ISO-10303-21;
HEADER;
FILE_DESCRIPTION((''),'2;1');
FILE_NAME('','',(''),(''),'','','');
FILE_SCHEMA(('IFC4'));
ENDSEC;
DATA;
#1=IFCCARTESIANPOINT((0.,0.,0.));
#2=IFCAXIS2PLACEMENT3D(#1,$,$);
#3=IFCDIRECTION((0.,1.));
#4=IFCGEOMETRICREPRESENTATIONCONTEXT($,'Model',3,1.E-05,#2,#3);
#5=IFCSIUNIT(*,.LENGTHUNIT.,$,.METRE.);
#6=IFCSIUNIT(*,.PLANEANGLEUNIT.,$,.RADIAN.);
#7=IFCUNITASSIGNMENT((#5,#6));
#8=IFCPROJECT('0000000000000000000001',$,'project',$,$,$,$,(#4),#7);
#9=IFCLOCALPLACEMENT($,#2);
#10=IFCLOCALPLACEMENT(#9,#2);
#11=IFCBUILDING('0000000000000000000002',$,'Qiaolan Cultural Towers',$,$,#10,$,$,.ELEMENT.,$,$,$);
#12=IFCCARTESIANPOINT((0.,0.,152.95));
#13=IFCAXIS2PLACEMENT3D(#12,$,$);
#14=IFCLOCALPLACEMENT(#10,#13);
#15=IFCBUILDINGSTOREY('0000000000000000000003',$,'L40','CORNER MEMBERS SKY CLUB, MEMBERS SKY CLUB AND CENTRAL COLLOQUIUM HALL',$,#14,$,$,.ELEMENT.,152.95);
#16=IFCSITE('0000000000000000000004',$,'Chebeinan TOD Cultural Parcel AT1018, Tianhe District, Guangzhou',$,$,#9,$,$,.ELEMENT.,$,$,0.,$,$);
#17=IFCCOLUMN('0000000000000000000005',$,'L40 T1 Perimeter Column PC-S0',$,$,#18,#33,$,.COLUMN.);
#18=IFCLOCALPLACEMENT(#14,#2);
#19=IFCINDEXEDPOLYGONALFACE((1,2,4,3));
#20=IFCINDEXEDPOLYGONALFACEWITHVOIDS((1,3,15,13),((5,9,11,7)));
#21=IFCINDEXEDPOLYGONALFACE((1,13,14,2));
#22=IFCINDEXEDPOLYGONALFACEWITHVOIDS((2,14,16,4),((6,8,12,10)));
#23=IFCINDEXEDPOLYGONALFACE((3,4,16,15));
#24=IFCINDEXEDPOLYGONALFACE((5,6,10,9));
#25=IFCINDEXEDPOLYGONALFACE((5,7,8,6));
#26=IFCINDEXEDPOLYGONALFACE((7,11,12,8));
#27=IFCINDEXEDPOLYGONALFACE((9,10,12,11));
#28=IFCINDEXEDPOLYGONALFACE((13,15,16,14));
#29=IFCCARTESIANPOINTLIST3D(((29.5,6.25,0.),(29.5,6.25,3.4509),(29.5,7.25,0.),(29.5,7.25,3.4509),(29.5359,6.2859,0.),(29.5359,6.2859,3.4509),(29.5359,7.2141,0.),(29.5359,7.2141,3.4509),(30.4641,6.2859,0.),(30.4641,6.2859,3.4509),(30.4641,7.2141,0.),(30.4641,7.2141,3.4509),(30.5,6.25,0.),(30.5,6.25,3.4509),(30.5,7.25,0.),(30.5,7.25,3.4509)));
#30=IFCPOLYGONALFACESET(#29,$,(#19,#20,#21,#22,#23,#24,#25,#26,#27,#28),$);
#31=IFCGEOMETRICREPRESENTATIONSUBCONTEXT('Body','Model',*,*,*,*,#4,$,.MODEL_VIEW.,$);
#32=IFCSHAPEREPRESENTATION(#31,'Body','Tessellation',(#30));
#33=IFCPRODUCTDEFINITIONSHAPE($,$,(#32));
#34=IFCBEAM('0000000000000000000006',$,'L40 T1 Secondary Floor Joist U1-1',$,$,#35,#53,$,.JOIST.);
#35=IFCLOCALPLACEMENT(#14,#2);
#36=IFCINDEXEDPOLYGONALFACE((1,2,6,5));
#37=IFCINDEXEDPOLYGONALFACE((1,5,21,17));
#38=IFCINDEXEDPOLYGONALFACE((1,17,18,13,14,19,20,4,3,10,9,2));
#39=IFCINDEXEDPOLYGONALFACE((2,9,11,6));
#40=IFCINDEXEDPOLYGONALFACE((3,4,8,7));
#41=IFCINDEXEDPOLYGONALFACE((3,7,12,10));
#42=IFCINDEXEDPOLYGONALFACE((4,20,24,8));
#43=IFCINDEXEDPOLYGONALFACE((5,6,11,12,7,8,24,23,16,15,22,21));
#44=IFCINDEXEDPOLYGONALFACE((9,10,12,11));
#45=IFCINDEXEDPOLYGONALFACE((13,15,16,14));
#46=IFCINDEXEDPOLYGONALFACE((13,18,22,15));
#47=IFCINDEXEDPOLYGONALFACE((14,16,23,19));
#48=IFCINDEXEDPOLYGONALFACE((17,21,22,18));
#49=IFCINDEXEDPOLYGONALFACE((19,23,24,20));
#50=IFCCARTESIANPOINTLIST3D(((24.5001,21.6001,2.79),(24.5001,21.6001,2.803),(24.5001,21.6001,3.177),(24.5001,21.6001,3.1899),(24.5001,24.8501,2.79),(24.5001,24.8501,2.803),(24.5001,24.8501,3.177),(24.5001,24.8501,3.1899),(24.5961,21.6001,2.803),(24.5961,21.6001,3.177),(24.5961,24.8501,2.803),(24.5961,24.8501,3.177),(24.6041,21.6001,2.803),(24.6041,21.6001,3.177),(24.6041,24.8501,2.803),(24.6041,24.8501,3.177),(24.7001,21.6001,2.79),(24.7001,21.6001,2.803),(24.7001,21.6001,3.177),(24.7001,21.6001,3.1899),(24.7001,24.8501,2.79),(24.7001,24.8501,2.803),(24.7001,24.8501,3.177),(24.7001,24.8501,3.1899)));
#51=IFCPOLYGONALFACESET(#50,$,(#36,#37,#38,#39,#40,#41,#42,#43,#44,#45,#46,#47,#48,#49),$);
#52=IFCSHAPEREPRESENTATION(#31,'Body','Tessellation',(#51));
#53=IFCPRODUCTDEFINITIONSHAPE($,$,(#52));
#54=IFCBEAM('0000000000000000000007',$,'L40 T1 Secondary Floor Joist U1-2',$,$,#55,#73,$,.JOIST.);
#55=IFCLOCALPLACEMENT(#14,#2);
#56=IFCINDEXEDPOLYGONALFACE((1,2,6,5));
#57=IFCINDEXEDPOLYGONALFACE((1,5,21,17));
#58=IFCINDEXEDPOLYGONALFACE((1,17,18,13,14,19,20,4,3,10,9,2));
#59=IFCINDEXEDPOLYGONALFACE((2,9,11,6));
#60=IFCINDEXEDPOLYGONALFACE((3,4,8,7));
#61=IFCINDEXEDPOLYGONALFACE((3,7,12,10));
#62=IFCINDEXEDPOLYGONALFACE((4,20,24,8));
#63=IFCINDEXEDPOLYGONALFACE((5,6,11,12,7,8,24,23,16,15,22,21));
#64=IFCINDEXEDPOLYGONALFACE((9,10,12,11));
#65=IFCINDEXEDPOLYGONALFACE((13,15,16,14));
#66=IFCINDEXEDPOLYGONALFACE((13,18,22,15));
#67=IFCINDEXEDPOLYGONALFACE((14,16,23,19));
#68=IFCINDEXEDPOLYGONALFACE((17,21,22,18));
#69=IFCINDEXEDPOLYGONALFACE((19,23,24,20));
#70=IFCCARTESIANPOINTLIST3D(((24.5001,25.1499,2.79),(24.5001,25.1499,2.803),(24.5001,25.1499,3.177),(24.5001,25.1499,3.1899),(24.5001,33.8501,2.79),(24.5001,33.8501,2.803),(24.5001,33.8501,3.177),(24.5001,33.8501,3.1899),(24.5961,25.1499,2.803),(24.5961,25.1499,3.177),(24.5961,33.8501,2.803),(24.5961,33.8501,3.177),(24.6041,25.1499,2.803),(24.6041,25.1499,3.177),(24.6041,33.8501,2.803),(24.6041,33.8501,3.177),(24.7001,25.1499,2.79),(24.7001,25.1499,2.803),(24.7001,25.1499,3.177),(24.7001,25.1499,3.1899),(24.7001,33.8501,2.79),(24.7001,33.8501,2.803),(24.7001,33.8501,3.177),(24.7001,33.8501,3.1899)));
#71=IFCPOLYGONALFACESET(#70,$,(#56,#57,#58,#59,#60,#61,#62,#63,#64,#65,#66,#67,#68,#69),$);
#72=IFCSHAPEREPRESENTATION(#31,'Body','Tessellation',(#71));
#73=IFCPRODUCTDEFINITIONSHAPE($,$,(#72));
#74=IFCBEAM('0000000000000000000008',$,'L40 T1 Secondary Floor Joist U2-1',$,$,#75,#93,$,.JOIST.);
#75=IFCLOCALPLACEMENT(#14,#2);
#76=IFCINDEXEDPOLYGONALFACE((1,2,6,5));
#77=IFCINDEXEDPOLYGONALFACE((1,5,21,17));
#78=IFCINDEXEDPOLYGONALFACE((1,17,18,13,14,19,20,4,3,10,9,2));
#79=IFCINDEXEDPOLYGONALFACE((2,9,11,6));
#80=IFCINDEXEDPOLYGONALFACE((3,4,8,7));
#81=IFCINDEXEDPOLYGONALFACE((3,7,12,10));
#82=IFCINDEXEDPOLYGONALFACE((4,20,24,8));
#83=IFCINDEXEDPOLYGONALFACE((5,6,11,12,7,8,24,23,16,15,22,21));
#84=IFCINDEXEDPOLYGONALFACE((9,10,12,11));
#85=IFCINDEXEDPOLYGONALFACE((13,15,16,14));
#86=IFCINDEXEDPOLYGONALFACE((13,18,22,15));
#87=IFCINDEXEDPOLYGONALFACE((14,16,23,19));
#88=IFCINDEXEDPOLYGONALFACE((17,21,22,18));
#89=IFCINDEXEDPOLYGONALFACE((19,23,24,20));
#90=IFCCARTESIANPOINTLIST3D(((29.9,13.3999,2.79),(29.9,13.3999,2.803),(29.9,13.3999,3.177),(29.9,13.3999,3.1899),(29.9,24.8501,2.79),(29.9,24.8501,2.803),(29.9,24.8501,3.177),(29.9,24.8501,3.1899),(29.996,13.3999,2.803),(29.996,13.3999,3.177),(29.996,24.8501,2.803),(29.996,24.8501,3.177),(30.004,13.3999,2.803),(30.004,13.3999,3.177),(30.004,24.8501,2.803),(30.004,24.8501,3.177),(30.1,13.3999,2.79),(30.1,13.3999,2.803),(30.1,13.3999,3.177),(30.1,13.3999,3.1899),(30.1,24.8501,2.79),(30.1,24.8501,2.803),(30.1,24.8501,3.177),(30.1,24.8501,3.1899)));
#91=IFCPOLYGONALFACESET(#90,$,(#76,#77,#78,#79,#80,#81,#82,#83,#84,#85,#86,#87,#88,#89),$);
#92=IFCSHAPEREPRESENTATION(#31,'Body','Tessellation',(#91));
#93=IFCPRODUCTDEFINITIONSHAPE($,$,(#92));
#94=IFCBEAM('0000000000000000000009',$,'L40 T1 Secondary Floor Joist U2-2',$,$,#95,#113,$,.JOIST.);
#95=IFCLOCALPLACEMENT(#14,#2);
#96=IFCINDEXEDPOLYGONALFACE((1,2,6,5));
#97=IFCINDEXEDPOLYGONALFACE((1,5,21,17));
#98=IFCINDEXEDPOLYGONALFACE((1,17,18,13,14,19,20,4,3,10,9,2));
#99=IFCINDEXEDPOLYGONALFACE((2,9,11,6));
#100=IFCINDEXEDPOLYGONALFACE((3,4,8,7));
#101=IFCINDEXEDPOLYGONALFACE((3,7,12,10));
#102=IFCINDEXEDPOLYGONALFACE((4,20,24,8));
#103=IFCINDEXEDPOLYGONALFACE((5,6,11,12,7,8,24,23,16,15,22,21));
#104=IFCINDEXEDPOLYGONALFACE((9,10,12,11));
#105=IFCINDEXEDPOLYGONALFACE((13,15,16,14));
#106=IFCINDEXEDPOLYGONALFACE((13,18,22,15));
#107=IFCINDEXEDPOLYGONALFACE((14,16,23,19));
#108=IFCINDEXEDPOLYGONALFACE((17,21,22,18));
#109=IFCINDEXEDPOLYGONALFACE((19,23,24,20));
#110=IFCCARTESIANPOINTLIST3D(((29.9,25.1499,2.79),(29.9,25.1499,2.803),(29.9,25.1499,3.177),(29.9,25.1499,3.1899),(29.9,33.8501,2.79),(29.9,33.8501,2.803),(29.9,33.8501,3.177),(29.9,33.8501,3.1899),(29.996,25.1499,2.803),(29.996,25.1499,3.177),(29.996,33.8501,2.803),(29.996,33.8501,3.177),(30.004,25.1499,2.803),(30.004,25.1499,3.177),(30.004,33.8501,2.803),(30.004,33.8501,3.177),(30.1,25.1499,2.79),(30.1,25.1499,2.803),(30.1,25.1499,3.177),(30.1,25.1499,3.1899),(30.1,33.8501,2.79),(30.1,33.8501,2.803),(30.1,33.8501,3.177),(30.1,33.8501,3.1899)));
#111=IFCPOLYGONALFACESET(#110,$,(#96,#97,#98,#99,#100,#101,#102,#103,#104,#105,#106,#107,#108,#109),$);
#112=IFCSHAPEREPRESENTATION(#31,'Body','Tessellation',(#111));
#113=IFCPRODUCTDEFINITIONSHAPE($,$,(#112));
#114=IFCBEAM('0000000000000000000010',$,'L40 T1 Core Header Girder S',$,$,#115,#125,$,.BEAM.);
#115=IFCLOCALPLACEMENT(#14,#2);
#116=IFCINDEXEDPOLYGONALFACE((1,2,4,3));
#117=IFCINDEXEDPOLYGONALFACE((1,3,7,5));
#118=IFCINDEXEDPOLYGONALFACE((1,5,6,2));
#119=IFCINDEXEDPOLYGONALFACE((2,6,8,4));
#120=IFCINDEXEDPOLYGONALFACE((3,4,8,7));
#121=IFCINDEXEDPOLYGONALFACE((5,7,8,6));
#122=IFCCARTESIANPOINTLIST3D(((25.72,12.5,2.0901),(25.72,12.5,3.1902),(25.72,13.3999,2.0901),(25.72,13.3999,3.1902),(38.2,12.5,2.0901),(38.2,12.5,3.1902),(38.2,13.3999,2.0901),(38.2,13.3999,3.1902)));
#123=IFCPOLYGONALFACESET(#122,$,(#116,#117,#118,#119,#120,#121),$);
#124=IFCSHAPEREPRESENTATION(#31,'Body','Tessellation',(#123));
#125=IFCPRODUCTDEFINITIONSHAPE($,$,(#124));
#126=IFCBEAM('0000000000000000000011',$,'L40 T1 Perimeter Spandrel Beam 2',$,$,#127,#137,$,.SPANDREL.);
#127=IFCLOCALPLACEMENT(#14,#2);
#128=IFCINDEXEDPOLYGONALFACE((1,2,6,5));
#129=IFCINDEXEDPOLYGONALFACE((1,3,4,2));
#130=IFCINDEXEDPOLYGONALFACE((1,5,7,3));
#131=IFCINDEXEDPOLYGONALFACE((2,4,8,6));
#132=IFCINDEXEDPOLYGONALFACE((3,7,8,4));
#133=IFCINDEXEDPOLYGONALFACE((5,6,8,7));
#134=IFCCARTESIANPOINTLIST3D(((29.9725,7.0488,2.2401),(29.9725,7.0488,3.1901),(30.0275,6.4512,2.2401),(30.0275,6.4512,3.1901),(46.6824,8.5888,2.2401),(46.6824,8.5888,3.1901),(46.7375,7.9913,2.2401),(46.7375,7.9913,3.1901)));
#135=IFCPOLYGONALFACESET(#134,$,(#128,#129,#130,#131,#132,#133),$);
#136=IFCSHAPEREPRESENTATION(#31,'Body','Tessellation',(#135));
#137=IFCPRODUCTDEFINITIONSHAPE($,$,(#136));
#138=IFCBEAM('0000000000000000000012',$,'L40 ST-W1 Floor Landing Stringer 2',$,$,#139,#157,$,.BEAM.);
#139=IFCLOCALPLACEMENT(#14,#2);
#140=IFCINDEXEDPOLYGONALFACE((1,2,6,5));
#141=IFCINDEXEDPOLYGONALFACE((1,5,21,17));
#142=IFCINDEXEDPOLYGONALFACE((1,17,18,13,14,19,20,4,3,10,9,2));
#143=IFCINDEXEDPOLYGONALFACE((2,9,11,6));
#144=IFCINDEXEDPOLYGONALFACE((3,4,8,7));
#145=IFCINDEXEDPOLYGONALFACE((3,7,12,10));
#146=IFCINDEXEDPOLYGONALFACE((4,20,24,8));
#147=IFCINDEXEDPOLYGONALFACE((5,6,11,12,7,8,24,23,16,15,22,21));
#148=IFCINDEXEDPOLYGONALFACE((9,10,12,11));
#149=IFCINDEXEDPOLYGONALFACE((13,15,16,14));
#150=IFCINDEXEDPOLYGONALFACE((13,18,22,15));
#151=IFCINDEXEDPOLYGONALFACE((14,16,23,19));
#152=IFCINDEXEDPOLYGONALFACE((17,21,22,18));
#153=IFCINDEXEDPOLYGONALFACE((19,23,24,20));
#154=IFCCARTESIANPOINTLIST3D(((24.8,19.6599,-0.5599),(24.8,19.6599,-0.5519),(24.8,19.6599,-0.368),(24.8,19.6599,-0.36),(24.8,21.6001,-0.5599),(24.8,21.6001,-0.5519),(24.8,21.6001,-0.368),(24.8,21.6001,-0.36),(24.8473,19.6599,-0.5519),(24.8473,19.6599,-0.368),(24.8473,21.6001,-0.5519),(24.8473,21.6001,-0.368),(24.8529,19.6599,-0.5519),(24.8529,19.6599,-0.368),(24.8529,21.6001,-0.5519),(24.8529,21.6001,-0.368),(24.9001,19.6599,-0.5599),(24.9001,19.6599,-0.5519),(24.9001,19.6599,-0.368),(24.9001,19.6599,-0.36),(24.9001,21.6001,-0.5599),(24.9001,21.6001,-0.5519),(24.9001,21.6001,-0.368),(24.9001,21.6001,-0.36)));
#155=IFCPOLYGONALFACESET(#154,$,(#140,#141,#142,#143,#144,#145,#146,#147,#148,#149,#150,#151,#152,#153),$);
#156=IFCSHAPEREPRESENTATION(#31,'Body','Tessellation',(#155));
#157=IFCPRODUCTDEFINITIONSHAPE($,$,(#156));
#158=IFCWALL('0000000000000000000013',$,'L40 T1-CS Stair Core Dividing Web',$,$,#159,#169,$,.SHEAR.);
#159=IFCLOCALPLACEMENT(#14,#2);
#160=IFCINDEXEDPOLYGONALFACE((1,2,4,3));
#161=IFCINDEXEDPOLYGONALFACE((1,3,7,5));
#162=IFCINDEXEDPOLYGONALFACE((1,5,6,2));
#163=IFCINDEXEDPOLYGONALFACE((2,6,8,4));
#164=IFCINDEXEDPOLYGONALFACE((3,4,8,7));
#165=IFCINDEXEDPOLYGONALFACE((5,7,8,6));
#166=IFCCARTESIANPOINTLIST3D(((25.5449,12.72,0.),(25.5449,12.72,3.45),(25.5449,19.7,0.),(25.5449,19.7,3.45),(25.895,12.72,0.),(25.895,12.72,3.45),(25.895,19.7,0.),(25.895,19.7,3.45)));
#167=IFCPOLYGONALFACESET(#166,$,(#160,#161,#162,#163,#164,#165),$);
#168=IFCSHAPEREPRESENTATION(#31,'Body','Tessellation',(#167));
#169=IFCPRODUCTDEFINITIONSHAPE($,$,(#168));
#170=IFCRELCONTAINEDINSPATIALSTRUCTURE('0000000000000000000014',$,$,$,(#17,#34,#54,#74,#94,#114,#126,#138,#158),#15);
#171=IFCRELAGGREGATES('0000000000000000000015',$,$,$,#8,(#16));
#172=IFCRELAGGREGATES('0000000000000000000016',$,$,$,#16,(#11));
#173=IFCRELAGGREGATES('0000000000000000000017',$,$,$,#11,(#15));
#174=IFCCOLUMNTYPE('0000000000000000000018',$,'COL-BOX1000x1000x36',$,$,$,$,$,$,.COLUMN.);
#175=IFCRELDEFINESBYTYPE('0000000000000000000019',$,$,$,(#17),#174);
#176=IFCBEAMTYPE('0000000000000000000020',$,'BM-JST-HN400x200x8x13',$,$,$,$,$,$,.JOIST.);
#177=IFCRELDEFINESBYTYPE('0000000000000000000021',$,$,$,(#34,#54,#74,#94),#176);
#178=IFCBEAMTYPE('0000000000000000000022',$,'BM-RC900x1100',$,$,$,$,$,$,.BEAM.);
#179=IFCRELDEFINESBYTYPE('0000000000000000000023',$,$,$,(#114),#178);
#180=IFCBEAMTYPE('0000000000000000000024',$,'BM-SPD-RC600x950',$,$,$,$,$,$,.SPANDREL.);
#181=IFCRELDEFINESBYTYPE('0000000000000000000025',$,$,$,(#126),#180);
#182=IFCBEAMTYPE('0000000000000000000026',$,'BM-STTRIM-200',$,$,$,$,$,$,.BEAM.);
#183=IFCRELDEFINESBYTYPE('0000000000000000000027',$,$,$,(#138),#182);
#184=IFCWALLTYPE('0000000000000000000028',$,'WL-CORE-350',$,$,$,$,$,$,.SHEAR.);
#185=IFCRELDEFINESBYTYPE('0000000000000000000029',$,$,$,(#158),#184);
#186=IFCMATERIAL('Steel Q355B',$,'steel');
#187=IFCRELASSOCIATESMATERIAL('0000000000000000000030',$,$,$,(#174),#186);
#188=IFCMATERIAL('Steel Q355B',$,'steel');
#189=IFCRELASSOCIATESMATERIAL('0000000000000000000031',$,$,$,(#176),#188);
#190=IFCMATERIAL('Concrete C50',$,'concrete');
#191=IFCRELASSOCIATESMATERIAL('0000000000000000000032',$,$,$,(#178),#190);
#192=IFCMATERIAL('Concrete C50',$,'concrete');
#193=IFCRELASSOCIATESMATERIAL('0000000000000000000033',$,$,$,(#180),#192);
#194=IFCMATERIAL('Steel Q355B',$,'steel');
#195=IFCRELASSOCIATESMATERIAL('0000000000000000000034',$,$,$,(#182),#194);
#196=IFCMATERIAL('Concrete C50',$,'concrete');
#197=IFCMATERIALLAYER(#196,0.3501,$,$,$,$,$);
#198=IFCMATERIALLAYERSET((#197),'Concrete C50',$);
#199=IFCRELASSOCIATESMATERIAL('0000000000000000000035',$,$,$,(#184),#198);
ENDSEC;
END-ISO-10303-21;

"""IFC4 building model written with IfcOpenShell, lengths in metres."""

from ifc_helpers import new_model, si_unit, direction, frame, frame_2d, origin, origin_2d, place, context, subcontext, project, spatial, rectangle, hollow_rectangle, i_section, extrude, material, layer, layer_set, material_profile, profile_set, type_object, element, save


model = new_model("IFC4")

# Units and contexts
model_context = context("Model", 3, precision=1e-05, world=origin(), true_north=direction((0.0, 1.0)))
body_context = subcontext(model_context, "Body", "Model", "MODEL_VIEW")
ifc_project = project(units=[si_unit("LENGTHUNIT", "METRE"), si_unit("PLANEANGLEUNIT", "RADIAN")], contexts=[model_context])

# Site, building, storey
site_placement = place(None, origin())
site = spatial("IfcSite", under=ifc_project, at=site_placement, Name="Chebeinan TOD Cultural Parcel AT1018, Tianhe District, Guangzhou", CompositionType="ELEMENT", RefElevation=0.0)
building_placement = place(site_placement, origin())
building = spatial("IfcBuilding", under=site, at=building_placement, Name="Qiaolan Cultural Towers", CompositionType="ELEMENT")
storey_placement = place(building_placement, frame((0.0, 0.0, 152.95)))
storey = spatial("IfcBuildingStorey", under=building, at=storey_placement, Name="L40", Description="CORNER MEMBERS SKY CLUB, MEMBERS SKY CLUB AND CENTRAL COLLOQUIUM HALL", CompositionType="ELEMENT", Elevation=152.95)

# Column
ifc_material_1 = material(Name="Steel Q355B", Category="steel")
ifc_material_profile_1 = material_profile(ifc_material_1, hollow_rectangle(XDim=1.0, YDim=1.0, WallThickness=0.0359, at=origin_2d()), Name="BOX1000x1000x36")
ifc_profile_set_1 = profile_set([ifc_material_profile_1], Name="Steel Q355B")
column_type = type_object("IfcColumnType", Name="COL-BOX1000x1000x36", PredefinedType="COLUMN", material=ifc_profile_set_1)
column_placement = place(storey_placement, frame((30.0, 6.75, 0.0), z_axis=(0.0, 0.0, 1.0), x_axis=(1.0, 0.0, 0.0)))
element("IfcColumn", 1, at=column_placement, inside=storey, type_object=column_type, Name="L40 T1 Perimeter Column PC-S0", PredefinedType="COLUMN", context=body_context, shape_type="SweptSolid", body=[
    extrude(hollow_rectangle(XDim=1.0, YDim=1.0, WallThickness=0.0359, at=origin_2d()), origin(), (0.0, 0.0, 1.0), 3.4509),
])

# Beams
ifc_material_2 = material(Name="Steel Q355B", Category="steel")
ifc_material_profile_2 = material_profile(ifc_material_2, i_section(OverallWidth=0.2, OverallDepth=0.3999, WebThickness=0.0081, FlangeThickness=0.0129, at=origin_2d()), Name="HN400x200x8x13")
ifc_profile_set_2 = profile_set([ifc_material_profile_2], Name="Steel Q355B")
beam_type_1 = type_object("IfcBeamType", Name="BM-JST-HN400x200x8x13", PredefinedType="JOIST", material=ifc_profile_set_2)
beam_1_placement = place(storey_placement, frame((24.6001, 21.6001, 2.99), z_axis=(0.0, 1.0, 0.0), x_axis=(-1.0, 0.0, 0.0)))
element("IfcBeam", 2, at=beam_1_placement, inside=storey, type_object=beam_type_1, Name="L40 T1 Secondary Floor Joist U1-1", PredefinedType="JOIST", context=body_context, shape_type="SweptSolid", body=[
    extrude(i_section(OverallWidth=0.2, OverallDepth=0.3999, WebThickness=0.0081, FlangeThickness=0.0129, at=origin_2d()), origin(), (0.0, 0.0, 1.0), 3.25),
])
beam_2_placement = place(storey_placement, frame((24.6001, 25.1499, 2.99), z_axis=(0.0, 1.0, 0.0), x_axis=(-1.0, 0.0, 0.0)))
element("IfcBeam", 3, at=beam_2_placement, inside=storey, type_object=beam_type_1, Name="L40 T1 Secondary Floor Joist U1-2", PredefinedType="JOIST", context=body_context, shape_type="SweptSolid", body=[
    extrude(i_section(OverallWidth=0.2, OverallDepth=0.3999, WebThickness=0.0081, FlangeThickness=0.0129, at=origin_2d()), origin(), (0.0, 0.0, 1.0), 8.7002),
])
beam_3_placement = place(storey_placement, frame((30.0, 13.3999, 2.99), z_axis=(0.0, 1.0, 0.0), x_axis=(-1.0, 0.0, 0.0)))
element("IfcBeam", 4, at=beam_3_placement, inside=storey, type_object=beam_type_1, Name="L40 T1 Secondary Floor Joist U2-1", PredefinedType="JOIST", context=body_context, shape_type="SweptSolid", body=[
    extrude(i_section(OverallWidth=0.2, OverallDepth=0.3999, WebThickness=0.0081, FlangeThickness=0.0129, at=origin_2d()), origin(), (0.0, 0.0, 1.0), 11.4502),
])
beam_4_placement = place(storey_placement, frame((30.0, 25.1499, 2.99), z_axis=(0.0, 1.0, 0.0), x_axis=(-1.0, 0.0, 0.0)))
element("IfcBeam", 5, at=beam_4_placement, inside=storey, type_object=beam_type_1, Name="L40 T1 Secondary Floor Joist U2-2", PredefinedType="JOIST", context=body_context, shape_type="SweptSolid", body=[
    extrude(i_section(OverallWidth=0.2, OverallDepth=0.3999, WebThickness=0.0081, FlangeThickness=0.0129, at=origin_2d()), origin(), (0.0, 0.0, 1.0), 8.7002),
])
ifc_material_3 = material(Name="Concrete C50", Category="concrete")
ifc_material_profile_3 = material_profile(ifc_material_3, rectangle(XDim=0.8999, YDim=1.1001, at=origin_2d()), Name="RC900x1100")
ifc_profile_set_3 = profile_set([ifc_material_profile_3], Name="Concrete C50")
beam_type_2 = type_object("IfcBeamType", Name="BM-RC900x1100", PredefinedType="BEAM", material=ifc_profile_set_3)
beam_5_placement = place(storey_placement, frame((25.72, 12.95, 2.6401), z_axis=(1.0, 0.0, 0.0), x_axis=(0.0, 1.0, 0.0)))
element("IfcBeam", 6, at=beam_5_placement, inside=storey, type_object=beam_type_2, Name="L40 T1 Core Header Girder S", PredefinedType="BEAM", context=body_context, shape_type="SweptSolid", body=[
    extrude(rectangle(XDim=0.8999, YDim=1.1001, at=origin_2d()), origin(), (0.0, 0.0, 1.0), 12.48),
])
ifc_material_4 = material(Name="Concrete C50", Category="concrete")
ifc_material_profile_4 = material_profile(ifc_material_4, rectangle(XDim=0.6001, YDim=0.95, at=origin_2d()), Name="RC600x950")
ifc_profile_set_4 = profile_set([ifc_material_profile_4], Name="Concrete C50")
beam_type_3 = type_object("IfcBeamType", Name="BM-SPD-RC600x950", PredefinedType="SPANDREL", material=ifc_profile_set_4)
beam_6_placement = place(storey_placement, frame((30.0, 6.75, 2.7151), z_axis=(0.99578, 0.091774, 0.0), x_axis=(-0.091774, 0.99578, 0.0)))
element("IfcBeam", 7, at=beam_6_placement, inside=storey, type_object=beam_type_3, Name="L40 T1 Perimeter Spandrel Beam 2", PredefinedType="SPANDREL", context=body_context, shape_type="SweptSolid", body=[
    extrude(rectangle(XDim=0.6001, YDim=0.95, at=origin_2d()), origin(), (0.0, 0.0, 1.0), 16.7808),
])
ifc_material_5 = material(Name="Steel Q355B", Category="steel")
ifc_material_profile_5 = material_profile(ifc_material_5, i_section(OverallWidth=0.1001, OverallDepth=0.2, WebThickness=0.0056, FlangeThickness=0.0081, at=origin_2d()), Name="HN200x100x5.5x8")
ifc_profile_set_5 = profile_set([ifc_material_profile_5], Name="Steel Q355B")
beam_type_4 = type_object("IfcBeamType", Name="BM-STTRIM-200", PredefinedType="BEAM", material=ifc_profile_set_5)
beam_7_placement = place(storey_placement, frame((24.8501, 21.6001, -0.46), z_axis=(0.0, -1.0, 0.0), x_axis=(1.0, 0.0, 0.0)))
element("IfcBeam", 8, at=beam_7_placement, inside=storey, type_object=beam_type_4, Name="L40 ST-W1 Floor Landing Stringer 2", PredefinedType="BEAM", context=body_context, shape_type="SweptSolid", body=[
    extrude(i_section(OverallWidth=0.1001, OverallDepth=0.2, WebThickness=0.0056, FlangeThickness=0.0081, at=origin_2d()), origin(), (0.0, 0.0, 1.0), 1.9402),
])

# Wall
ifc_material_6 = material(Name="Concrete C50", Category="concrete")
ifc_layer_1 = layer(ifc_material_6, 0.3501)
ifc_layer_set_1 = layer_set([ifc_layer_1], Name="Concrete C50")
wall_type_1 = type_object("IfcWallType", Name="WL-CORE-350", PredefinedType="SHEAR", material=ifc_layer_set_1)
wall_1_placement = place(storey_placement, frame((25.72, 19.7, 0.0), z_axis=(0.0, 0.0, 1.0), x_axis=(0.0, -1.0, 0.0)))
element("IfcWall", 9, at=wall_1_placement, inside=storey, type_object=wall_type_1, Name="L40 T1-CS Stair Core Dividing Web", PredefinedType="SHEAR", context=body_context, shape_type="SweptSolid", body=[
    extrude(rectangle(XDim=6.98, YDim=0.3501, at=frame_2d((3.49, 0.0))), origin(), (0.0, 0.0, 1.0), 3.45),
])

save(model, "model.ifc")
